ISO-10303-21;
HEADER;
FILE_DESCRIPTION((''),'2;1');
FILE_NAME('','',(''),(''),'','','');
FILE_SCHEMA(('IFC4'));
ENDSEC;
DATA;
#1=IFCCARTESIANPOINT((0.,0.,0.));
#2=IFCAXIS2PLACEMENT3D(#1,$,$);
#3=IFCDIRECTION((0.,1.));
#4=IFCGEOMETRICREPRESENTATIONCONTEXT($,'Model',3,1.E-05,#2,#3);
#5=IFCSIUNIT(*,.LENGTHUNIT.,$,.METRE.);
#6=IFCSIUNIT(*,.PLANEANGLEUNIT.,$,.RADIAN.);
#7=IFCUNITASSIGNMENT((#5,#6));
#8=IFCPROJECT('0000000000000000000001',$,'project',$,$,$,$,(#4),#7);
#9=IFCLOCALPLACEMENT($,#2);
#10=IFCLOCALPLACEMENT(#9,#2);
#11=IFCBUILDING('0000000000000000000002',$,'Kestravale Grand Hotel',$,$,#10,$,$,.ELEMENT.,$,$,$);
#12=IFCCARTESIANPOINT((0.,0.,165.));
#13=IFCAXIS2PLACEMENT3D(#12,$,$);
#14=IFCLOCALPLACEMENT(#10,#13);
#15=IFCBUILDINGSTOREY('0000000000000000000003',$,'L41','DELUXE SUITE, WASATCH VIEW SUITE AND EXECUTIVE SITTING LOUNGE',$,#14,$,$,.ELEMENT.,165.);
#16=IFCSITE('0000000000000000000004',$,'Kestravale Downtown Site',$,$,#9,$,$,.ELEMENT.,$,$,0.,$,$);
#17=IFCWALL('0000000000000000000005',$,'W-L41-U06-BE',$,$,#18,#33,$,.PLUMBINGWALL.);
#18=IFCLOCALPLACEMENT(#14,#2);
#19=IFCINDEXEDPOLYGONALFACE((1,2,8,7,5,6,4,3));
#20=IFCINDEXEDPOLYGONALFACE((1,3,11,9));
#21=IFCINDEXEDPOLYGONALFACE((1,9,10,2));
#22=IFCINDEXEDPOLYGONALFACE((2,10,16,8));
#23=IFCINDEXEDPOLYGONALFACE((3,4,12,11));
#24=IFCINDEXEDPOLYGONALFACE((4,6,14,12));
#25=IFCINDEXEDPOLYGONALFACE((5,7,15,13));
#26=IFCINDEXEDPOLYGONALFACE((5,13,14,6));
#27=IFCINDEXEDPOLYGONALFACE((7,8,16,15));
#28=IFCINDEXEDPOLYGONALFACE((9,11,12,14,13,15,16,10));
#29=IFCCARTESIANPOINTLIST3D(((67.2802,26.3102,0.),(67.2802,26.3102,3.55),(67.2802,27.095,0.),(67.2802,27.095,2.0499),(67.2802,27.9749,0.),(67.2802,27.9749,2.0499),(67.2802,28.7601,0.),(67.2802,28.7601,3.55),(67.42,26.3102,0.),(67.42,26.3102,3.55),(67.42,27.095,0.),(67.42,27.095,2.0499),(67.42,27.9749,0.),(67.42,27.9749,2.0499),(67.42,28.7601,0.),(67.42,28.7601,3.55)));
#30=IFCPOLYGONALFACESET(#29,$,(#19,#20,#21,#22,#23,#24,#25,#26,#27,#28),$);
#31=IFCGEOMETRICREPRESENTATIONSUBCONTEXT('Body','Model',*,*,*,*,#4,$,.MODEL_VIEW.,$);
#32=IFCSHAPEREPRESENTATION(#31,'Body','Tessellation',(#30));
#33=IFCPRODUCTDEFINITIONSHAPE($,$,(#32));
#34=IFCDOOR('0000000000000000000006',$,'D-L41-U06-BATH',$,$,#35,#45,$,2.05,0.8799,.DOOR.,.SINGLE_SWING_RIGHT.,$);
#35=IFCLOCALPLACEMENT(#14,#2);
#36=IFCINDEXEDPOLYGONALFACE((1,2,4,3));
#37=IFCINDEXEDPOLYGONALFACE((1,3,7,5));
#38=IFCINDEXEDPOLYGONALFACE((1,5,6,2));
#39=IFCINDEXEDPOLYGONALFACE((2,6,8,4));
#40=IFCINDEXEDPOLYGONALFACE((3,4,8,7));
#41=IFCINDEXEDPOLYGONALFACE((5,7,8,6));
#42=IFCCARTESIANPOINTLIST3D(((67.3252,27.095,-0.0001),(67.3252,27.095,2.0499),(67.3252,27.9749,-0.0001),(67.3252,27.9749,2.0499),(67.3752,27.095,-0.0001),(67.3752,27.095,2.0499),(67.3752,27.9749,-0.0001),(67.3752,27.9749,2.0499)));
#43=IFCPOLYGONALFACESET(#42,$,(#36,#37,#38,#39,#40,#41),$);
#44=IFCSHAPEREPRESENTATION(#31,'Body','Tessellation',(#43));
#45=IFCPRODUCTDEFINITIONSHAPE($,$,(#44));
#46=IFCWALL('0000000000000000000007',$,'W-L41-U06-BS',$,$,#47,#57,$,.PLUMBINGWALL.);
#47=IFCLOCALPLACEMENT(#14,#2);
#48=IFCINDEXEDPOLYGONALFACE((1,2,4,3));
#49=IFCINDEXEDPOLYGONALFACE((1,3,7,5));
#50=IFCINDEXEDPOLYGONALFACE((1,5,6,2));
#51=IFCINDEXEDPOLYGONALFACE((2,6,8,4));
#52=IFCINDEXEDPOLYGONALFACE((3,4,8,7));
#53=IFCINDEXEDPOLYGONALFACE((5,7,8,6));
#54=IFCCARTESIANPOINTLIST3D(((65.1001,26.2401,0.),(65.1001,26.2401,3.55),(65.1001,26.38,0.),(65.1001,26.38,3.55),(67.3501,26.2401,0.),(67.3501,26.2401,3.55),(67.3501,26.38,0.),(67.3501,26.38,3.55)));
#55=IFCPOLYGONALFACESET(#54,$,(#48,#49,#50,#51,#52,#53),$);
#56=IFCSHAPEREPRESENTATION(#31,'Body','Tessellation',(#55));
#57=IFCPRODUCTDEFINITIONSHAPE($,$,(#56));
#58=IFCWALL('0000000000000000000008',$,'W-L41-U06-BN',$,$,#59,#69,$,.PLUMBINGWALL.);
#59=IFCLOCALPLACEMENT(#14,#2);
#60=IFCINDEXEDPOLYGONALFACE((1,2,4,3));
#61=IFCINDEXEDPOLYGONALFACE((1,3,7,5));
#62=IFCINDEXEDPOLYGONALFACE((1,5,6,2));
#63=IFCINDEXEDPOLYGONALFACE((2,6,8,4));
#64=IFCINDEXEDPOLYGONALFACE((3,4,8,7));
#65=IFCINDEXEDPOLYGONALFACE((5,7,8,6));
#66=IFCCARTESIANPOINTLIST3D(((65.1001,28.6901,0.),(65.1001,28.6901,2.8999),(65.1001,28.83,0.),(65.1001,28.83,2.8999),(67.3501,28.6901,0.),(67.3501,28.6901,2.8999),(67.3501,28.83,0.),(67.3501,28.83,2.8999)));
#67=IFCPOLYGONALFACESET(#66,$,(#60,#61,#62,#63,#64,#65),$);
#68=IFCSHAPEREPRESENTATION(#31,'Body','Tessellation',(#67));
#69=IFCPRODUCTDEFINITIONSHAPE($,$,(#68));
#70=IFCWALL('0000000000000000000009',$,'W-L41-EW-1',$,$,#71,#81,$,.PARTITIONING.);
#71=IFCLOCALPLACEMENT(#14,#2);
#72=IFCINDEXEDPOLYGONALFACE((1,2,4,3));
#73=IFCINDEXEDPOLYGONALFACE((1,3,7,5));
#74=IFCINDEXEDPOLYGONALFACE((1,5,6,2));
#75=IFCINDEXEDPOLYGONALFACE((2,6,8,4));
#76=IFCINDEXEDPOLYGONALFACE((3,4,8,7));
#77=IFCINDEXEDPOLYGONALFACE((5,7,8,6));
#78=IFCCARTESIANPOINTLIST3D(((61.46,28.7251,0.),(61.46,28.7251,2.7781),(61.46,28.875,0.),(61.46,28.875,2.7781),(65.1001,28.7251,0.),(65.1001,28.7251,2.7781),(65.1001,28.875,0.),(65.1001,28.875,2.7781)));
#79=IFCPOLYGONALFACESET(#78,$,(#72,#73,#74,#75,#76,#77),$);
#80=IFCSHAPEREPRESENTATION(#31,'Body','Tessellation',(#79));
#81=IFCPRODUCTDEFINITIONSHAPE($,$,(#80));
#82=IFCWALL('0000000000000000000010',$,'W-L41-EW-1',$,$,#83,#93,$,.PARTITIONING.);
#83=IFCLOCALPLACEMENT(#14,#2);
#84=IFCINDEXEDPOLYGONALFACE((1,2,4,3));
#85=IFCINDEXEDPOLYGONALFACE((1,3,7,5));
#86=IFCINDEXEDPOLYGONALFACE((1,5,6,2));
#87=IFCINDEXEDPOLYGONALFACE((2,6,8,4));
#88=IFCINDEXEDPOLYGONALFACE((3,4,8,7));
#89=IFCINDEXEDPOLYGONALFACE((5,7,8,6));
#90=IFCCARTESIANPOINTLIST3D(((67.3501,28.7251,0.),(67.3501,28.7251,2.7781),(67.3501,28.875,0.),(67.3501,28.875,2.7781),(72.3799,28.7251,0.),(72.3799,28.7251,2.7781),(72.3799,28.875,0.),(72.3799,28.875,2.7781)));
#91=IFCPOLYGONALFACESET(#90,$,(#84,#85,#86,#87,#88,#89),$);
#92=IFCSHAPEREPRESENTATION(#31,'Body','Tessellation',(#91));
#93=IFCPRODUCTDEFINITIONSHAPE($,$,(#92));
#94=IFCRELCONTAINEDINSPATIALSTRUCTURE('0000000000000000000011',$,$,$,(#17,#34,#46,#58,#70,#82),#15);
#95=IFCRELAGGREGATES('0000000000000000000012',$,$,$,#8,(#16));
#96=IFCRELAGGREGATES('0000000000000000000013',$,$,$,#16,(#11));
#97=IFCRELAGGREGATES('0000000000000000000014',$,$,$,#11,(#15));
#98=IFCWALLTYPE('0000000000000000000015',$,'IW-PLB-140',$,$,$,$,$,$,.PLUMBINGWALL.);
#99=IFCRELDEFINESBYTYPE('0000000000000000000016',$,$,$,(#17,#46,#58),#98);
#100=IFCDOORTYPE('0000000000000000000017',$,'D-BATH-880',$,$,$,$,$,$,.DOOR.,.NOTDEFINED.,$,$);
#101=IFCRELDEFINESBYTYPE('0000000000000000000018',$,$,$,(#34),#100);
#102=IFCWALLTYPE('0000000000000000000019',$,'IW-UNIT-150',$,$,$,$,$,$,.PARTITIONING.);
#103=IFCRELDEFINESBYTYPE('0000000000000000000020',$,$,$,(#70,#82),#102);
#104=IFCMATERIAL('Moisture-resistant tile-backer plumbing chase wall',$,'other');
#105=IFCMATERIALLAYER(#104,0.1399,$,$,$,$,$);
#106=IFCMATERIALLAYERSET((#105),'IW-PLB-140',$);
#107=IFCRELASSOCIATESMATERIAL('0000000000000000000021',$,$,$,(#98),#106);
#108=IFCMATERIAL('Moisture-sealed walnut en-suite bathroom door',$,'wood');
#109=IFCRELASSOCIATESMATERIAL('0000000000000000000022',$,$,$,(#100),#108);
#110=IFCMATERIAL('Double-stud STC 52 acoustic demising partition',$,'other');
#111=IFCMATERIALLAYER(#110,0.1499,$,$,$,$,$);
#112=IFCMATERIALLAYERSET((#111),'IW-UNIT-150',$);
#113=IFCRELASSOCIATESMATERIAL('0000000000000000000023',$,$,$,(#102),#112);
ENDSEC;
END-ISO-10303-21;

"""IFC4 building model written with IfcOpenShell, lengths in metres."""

from ifc_helpers import new_model, si_unit, direction, frame, frame_2d, origin, place, context, subcontext, project, spatial, rectangle, extrude, material, layer, layer_set, type_object, element, fill, save


model = new_model("IFC4")

# Units and contexts
model_context = context("Model", 3, precision=1e-05, world=origin(), true_north=direction((0.0, 1.0)))
body_context = subcontext(model_context, "Body", "Model", "MODEL_VIEW")
ifc_project = project(units=[si_unit("LENGTHUNIT", "METRE"), si_unit("PLANEANGLEUNIT", "RADIAN")], contexts=[model_context])

# Site, building, storey
site_placement = place(None, origin())
site = spatial("IfcSite", under=ifc_project, at=site_placement, Name="Kestravale Downtown Site", CompositionType="ELEMENT", RefElevation=0.0)
building_placement = place(site_placement, origin())
building = spatial("IfcBuilding", under=site, at=building_placement, Name="Kestravale Grand Hotel", CompositionType="ELEMENT")
storey_placement = place(building_placement, frame((0.0, 0.0, 165.0)))
storey = spatial("IfcBuildingStorey", under=building, at=storey_placement, Name="L41", Description="DELUXE SUITE, WASATCH VIEW SUITE AND EXECUTIVE SITTING LOUNGE", CompositionType="ELEMENT", Elevation=165.0)

# Shared definitions
ifc_material_1 = material(Name="Moisture-resistant tile-backer plumbing chase wall", Category="other")
ifc_layer_1 = layer(ifc_material_1, 0.1399)
ifc_layer_set_1 = layer_set([ifc_layer_1], Name="IW-PLB-140")
wall_type_1 = type_object("IfcWallType", Name="IW-PLB-140", PredefinedType="PLUMBINGWALL", material=ifc_layer_set_1)

# Wall, opening, door
wall_1_placement = place(storey_placement, frame((67.3501, 26.3101, 0.0), z_axis=(0.0, 0.0, 1.0), x_axis=(0.0, 1.0, 0.0)))
wall_1 = element("IfcWall", 1, at=wall_1_placement, inside=storey, type_object=wall_type_1, Name="W-L41-U06-BE", PredefinedType="PLUMBINGWALL", context=body_context, shape_type="SweptSolid", body=[
    extrude(rectangle(XDim=2.45, YDim=0.1399, at=frame_2d((1.2251, 0.0))), origin(), (0.0, 0.0, 1.0), 3.55),
])
opening_placement = place(wall_1_placement, frame((0.7849, 0.0, 0.0)))
opening = element("IfcOpeningElement", 2, at=opening_placement, cuts=wall_1, PredefinedType="OPENING", context=body_context, shape_type="SweptSolid", body=[
    extrude(rectangle(XDim=0.8799, YDim=2.05, at=frame_2d((0.4399, 1.0249))), frame((0.0, 0.0798, 0.0), z_axis=(0.0, -1.0, 0.0), x_axis=(1.0, 0.0, 0.0)), (0.0, 0.0, 1.0), 0.1599),
])
ifc_material_2 = material(Name="Moisture-sealed walnut en-suite bathroom door", Category="wood")
door_type = type_object("IfcDoorType", Name="D-BATH-880", OperationType="NOTDEFINED", PredefinedType="DOOR", material=ifc_material_2)
door_placement = place(opening_placement, origin())
door = element("IfcDoor", 3, at=door_placement, inside=storey, type_object=door_type, Name="D-L41-U06-BATH", OperationType="SINGLE_SWING_RIGHT", OverallHeight=2.05, OverallWidth=0.8799, PredefinedType="DOOR", context=body_context, shape_type="SweptSolid", body=[
    extrude(rectangle(XDim=0.8799, YDim=2.05, at=frame_2d((0.4399, 1.0249))), frame((0.0, 0.0249, 0.0), z_axis=(0.0, -1.0, 0.0), x_axis=(1.0, 0.0, 0.0)), (0.0, 0.0, 1.0), 0.05),
])
fill(opening, door)

# Walls
wall_2_placement = place(storey_placement, frame((65.1001, 26.3101, 0.0), z_axis=(0.0, 0.0, 1.0), x_axis=(1.0, 0.0, 0.0)))
element("IfcWall", 4, at=wall_2_placement, inside=storey, type_object=wall_type_1, Name="W-L41-U06-BS", PredefinedType="PLUMBINGWALL", context=body_context, shape_type="SweptSolid", body=[
    extrude(rectangle(XDim=2.25, YDim=0.1399, at=frame_2d((1.125, 0.0))), origin(), (0.0, 0.0, 1.0), 3.55),
])
wall_3_placement = place(storey_placement, frame((65.1001, 28.76, 0.0), z_axis=(0.0, 0.0, 1.0), x_axis=(1.0, 0.0, 0.0)))
element("IfcWall", 5, at=wall_3_placement, inside=storey, type_object=wall_type_1, Name="W-L41-U06-BN", PredefinedType="PLUMBINGWALL", context=body_context, shape_type="SweptSolid", body=[
    extrude(rectangle(XDim=2.25, YDim=0.1399, at=frame_2d((1.125, 0.0))), origin(), (0.0, 0.0, 1.0), 2.8999),
])
ifc_material_3 = material(Name="Double-stud STC 52 acoustic demising partition", Category="other")
ifc_layer_2 = layer(ifc_material_3, 0.1499)
ifc_layer_set_2 = layer_set([ifc_layer_2], Name="IW-UNIT-150")
wall_type_2 = type_object("IfcWallType", Name="IW-UNIT-150", PredefinedType="PARTITIONING", material=ifc_layer_set_2)
wall_4_placement = place(storey_placement, frame((61.46, 28.8, 0.0), z_axis=(0.0, 0.0, 1.0), x_axis=(1.0, 0.0, 0.0)))
element("IfcWall", 6, at=wall_4_placement, inside=storey, type_object=wall_type_2, Name="W-L41-EW-1", PredefinedType="PARTITIONING", context=body_context, shape_type="SweptSolid", body=[
    extrude(rectangle(XDim=3.6401, YDim=0.1499, at=frame_2d((1.8201, 0.0))), origin(), (0.0, 0.0, 1.0), 2.7781),
])
wall_5_placement = place(storey_placement, frame((67.3501, 28.8, 0.0), z_axis=(0.0, 0.0, 1.0), x_axis=(1.0, 0.0, 0.0)))
element("IfcWall", 7, at=wall_5_placement, inside=storey, type_object=wall_type_2, Name="W-L41-EW-1", PredefinedType="PARTITIONING", context=body_context, shape_type="SweptSolid", body=[
    extrude(rectangle(XDim=5.0298, YDim=0.1499, at=frame_2d((2.5149, 0.0))), origin(), (0.0, 0.0, 1.0), 2.7781),
])

save(model, "model.ifc")
